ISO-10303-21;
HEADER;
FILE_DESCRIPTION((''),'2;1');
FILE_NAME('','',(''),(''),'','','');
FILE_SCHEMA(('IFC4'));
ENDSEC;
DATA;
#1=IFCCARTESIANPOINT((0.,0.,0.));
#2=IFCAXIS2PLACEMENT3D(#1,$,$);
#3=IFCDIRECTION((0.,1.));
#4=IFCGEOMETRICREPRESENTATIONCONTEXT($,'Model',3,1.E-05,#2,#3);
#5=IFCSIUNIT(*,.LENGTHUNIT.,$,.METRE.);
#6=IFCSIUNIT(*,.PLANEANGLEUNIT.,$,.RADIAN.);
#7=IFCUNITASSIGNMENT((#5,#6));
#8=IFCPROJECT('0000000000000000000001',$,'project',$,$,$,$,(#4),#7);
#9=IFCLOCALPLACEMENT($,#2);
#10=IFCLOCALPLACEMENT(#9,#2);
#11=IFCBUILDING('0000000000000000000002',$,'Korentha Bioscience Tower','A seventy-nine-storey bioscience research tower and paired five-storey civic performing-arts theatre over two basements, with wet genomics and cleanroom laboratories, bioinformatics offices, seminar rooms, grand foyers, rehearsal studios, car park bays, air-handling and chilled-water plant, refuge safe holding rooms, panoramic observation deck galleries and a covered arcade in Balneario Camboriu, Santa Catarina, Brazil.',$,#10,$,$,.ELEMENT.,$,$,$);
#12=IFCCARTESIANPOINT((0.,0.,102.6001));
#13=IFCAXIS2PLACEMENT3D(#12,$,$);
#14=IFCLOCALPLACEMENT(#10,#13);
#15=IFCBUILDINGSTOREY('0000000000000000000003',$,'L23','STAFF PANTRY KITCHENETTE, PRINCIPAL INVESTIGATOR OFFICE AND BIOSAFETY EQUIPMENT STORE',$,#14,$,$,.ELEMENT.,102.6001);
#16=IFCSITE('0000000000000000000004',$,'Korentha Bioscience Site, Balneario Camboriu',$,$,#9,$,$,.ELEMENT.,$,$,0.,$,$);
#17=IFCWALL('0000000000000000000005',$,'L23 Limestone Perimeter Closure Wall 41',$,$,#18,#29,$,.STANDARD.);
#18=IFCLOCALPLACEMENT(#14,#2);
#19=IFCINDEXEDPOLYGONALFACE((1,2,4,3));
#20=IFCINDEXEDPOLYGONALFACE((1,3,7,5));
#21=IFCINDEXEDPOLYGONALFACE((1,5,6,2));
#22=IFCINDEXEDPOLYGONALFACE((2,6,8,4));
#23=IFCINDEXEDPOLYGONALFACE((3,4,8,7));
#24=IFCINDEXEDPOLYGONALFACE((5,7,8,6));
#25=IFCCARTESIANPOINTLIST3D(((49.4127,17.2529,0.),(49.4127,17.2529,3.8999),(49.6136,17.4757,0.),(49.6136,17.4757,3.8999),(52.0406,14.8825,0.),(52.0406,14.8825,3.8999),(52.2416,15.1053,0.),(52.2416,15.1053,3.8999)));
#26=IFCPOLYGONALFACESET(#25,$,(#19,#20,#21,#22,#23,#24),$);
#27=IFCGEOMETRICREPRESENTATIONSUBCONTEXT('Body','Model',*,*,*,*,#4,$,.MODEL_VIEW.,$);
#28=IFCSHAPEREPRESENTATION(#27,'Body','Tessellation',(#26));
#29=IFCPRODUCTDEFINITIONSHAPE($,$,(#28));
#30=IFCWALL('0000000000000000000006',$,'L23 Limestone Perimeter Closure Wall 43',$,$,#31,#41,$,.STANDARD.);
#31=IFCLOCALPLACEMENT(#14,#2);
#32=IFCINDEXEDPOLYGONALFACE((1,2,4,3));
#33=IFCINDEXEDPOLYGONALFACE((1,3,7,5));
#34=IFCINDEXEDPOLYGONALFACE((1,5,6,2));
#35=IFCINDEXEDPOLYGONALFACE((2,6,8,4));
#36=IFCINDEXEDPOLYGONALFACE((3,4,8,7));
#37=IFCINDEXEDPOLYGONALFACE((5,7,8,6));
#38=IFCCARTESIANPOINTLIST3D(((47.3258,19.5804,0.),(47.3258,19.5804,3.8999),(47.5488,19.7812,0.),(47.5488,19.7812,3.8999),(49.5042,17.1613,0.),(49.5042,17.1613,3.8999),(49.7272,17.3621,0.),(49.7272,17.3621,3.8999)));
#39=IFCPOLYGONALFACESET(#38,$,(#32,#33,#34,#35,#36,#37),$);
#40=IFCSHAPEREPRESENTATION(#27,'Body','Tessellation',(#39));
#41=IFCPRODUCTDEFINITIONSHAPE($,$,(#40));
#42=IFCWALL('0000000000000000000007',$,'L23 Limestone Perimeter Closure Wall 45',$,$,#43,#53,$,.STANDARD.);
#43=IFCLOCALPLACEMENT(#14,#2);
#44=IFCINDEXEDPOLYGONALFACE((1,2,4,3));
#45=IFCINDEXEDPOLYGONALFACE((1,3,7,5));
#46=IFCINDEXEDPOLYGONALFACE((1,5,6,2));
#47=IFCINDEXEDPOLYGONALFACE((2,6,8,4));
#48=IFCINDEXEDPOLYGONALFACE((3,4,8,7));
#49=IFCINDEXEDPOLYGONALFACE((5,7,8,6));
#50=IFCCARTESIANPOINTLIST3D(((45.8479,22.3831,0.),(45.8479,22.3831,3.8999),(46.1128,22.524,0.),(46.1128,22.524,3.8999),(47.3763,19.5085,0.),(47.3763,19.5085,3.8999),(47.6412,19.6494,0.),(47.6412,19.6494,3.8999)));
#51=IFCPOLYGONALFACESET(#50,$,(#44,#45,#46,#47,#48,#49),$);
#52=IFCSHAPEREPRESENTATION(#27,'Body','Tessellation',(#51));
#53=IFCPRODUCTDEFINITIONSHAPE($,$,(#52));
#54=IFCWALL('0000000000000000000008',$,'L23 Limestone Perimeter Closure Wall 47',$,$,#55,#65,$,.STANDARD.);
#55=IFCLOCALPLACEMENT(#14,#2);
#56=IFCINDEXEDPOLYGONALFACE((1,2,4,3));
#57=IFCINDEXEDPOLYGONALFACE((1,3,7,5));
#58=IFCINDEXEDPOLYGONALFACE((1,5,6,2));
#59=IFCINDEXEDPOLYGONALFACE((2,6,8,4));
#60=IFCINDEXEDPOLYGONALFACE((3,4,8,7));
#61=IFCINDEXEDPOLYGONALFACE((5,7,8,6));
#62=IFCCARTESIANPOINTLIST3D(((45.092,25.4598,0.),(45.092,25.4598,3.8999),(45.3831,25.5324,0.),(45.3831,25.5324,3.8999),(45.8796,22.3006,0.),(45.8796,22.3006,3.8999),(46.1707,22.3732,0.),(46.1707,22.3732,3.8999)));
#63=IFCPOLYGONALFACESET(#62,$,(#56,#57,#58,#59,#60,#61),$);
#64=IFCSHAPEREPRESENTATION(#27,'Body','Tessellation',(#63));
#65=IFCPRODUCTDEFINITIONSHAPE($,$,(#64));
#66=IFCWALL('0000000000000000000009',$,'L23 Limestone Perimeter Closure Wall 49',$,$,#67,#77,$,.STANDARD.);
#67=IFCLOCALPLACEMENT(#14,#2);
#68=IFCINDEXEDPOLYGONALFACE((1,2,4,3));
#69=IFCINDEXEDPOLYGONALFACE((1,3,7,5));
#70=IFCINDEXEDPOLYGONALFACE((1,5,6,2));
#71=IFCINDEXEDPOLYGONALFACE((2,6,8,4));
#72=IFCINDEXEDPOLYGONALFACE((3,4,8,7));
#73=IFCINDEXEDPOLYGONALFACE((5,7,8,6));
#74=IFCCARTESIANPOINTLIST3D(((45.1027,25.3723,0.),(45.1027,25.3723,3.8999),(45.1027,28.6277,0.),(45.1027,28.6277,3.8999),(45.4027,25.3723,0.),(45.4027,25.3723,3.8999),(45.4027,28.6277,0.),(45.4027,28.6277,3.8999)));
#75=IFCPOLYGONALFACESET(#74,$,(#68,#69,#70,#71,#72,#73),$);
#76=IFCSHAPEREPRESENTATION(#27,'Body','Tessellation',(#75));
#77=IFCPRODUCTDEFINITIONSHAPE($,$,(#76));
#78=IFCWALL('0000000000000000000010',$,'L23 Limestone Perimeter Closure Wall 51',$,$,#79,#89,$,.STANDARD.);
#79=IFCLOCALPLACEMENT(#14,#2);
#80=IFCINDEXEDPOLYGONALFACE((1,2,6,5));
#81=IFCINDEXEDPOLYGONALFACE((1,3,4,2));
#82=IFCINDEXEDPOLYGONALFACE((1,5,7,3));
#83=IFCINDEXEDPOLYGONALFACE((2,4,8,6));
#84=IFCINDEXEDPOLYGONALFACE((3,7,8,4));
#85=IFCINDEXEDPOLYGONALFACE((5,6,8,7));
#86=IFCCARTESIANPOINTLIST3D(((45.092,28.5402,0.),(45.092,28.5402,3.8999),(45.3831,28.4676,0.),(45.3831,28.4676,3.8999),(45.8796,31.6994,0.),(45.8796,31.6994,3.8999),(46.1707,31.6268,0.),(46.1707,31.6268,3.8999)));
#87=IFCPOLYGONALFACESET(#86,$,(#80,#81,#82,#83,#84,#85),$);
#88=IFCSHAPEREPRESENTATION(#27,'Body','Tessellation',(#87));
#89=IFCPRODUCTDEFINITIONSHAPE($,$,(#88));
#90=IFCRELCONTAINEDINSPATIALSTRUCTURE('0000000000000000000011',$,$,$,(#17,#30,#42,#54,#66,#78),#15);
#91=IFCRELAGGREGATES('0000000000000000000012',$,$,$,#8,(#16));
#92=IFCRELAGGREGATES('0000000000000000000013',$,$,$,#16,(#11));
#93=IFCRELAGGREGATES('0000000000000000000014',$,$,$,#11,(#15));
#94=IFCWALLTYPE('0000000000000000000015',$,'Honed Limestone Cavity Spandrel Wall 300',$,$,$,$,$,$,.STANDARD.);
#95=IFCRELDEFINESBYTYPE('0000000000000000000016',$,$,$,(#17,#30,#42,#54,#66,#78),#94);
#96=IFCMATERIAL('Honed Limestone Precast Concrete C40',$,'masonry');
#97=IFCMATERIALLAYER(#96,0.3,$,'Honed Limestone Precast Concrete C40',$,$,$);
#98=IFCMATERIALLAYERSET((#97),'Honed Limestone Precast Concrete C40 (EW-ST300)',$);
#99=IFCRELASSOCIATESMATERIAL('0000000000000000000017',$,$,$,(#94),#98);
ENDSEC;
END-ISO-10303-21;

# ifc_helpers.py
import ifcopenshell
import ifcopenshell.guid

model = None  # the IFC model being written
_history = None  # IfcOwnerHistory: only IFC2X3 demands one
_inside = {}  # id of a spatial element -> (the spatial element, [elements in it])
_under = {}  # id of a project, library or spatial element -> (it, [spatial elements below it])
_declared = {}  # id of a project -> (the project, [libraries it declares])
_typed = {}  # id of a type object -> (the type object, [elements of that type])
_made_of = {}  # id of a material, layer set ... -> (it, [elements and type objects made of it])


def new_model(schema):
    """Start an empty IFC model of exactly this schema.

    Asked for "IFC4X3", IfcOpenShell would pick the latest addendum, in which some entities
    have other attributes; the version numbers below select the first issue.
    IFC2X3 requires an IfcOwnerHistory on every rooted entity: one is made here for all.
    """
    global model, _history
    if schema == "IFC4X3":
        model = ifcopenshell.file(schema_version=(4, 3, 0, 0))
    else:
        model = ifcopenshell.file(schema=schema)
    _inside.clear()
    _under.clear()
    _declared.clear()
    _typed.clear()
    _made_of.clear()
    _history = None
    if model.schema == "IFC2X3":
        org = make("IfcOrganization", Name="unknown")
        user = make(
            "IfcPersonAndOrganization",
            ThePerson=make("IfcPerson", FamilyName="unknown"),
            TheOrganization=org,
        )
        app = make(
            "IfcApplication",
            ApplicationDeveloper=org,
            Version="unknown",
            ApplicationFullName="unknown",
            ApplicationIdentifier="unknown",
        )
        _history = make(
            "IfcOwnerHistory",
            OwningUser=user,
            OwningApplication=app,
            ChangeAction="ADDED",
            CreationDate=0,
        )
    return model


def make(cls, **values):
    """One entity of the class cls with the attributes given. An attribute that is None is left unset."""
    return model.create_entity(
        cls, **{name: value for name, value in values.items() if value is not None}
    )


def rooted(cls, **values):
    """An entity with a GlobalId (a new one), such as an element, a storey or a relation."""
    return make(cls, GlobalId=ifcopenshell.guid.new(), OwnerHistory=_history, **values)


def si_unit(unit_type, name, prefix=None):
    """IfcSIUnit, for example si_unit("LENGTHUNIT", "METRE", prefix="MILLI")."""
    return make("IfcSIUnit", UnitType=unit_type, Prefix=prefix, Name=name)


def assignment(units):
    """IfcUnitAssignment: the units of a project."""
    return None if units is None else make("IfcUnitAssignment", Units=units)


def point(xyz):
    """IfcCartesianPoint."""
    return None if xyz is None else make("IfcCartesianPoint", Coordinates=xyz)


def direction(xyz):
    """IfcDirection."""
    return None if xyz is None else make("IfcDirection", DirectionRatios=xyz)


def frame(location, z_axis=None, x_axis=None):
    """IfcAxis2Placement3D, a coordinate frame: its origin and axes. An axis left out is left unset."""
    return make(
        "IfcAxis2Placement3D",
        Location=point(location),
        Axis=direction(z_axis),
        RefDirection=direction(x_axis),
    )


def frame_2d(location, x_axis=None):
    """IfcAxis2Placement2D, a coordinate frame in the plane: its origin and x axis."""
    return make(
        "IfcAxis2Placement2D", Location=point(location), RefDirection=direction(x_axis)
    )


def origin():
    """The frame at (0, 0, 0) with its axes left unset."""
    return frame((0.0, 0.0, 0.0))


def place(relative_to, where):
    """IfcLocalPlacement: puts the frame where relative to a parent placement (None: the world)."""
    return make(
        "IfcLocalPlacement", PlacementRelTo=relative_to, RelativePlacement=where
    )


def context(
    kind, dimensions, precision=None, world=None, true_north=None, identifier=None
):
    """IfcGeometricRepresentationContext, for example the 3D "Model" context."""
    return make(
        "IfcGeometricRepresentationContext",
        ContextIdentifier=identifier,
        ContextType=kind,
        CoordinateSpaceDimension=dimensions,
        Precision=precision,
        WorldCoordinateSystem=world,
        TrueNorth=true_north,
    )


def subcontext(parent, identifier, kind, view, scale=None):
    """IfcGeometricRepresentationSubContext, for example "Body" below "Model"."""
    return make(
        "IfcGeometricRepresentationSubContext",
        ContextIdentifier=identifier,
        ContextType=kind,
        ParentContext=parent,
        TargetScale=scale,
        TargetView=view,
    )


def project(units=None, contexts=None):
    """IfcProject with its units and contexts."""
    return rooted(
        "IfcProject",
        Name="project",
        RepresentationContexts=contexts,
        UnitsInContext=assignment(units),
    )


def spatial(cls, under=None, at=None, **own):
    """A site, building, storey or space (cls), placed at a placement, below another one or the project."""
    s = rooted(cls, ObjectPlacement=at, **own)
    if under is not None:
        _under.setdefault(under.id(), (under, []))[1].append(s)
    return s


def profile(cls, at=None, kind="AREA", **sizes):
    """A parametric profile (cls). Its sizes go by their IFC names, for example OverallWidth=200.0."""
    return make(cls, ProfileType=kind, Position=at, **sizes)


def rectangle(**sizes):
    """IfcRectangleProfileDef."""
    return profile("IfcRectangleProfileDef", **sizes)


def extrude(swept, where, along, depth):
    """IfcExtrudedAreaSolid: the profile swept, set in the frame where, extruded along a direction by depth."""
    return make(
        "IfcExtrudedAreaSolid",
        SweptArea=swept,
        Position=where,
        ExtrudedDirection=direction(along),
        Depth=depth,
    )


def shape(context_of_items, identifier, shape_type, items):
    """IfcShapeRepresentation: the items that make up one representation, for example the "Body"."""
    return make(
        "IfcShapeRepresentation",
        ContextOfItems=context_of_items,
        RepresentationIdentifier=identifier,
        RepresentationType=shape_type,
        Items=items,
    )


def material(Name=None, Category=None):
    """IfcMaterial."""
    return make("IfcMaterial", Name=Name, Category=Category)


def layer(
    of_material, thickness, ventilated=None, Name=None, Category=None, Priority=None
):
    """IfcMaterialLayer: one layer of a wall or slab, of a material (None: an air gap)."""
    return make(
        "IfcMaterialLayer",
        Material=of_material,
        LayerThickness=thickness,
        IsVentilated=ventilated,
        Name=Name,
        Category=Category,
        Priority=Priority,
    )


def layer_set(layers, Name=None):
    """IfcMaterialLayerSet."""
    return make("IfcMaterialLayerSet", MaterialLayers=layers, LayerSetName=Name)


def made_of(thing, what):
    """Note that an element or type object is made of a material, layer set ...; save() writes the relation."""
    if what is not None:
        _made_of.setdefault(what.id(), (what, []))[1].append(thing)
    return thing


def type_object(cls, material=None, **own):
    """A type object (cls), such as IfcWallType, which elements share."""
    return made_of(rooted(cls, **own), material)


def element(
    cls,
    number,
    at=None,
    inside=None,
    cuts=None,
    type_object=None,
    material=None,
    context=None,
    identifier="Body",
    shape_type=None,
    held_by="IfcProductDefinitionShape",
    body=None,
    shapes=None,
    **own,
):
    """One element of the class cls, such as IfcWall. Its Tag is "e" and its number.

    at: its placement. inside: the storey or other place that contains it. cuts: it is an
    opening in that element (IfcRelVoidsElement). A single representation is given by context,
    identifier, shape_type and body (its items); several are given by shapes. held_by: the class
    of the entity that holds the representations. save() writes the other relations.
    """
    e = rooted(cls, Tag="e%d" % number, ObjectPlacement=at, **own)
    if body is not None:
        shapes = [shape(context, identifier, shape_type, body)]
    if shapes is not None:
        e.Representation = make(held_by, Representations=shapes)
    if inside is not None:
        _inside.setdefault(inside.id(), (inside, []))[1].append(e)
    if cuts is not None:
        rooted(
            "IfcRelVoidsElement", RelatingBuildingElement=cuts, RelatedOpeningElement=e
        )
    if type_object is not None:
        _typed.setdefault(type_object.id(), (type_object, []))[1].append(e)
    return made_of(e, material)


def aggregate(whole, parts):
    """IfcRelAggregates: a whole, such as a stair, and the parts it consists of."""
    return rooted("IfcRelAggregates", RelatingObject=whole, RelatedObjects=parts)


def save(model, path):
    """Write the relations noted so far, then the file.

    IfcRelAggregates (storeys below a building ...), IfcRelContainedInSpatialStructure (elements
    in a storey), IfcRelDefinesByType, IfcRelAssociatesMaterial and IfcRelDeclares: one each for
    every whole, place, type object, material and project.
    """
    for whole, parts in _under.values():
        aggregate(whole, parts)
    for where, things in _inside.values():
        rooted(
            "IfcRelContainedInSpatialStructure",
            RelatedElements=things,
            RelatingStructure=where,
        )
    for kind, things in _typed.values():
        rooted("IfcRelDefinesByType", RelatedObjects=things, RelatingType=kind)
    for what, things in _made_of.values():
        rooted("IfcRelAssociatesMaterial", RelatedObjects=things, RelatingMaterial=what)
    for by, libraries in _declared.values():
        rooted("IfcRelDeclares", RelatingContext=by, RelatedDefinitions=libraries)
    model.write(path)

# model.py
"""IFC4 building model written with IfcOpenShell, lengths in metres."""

from ifc_helpers import new_model, si_unit, direction, frame, frame_2d, origin, place, context, subcontext, project, spatial, rectangle, extrude, material, layer, layer_set, type_object, element, save


model = new_model("IFC4")

# Units and contexts
model_context = context("Model", 3, precision=1e-05, world=origin(), true_north=direction((0.0, 1.0)))
body_context = subcontext(model_context, "Body", "Model", "MODEL_VIEW")
ifc_project = project(units=[si_unit("LENGTHUNIT", "METRE"), si_unit("PLANEANGLEUNIT", "RADIAN")], contexts=[model_context])

# Site, building, storey
site_placement = place(None, origin())
site = spatial("IfcSite", under=ifc_project, at=site_placement, Name="Korentha Bioscience Site, Balneario Camboriu", CompositionType="ELEMENT", RefElevation=0.0)
building_placement = place(site_placement, origin())
building = spatial("IfcBuilding", under=site, at=building_placement, Name="Korentha Bioscience Tower", Description="A seventy-nine-storey bioscience research tower and paired five-storey civic performing-arts theatre over two basements, with wet genomics and cleanroom laboratories, bioinformatics offices, seminar rooms, grand foyers, rehearsal studios, car park bays, air-handling and chilled-water plant, refuge safe holding rooms, panoramic observation deck galleries and a covered arcade in Balneario Camboriu, Santa Catarina, Brazil.", CompositionType="ELEMENT")
storey_placement = place(building_placement, frame((0.0, 0.0, 102.6001)))
storey = spatial("IfcBuildingStorey", under=building, at=storey_placement, Name="L23", Description="STAFF PANTRY KITCHENETTE, PRINCIPAL INVESTIGATOR OFFICE AND BIOSAFETY EQUIPMENT STORE", CompositionType="ELEMENT", Elevation=102.6001)

# Walls
ifc_material_1 = material(Name="Honed Limestone Precast Concrete C40", Category="masonry")
ifc_layer_1 = layer(ifc_material_1, 0.3, Name="Honed Limestone Precast Concrete C40")
ifc_layer_set_1 = layer_set([ifc_layer_1], Name="Honed Limestone Precast Concrete C40 (EW-ST300)")
wall_type_1 = type_object("IfcWallType", Name="Honed Limestone Cavity Spandrel Wall 300", PredefinedType="STANDARD", material=ifc_layer_set_1)
wall_1_placement = place(storey_placement, frame((52.1411, 14.9939, 0.0), z_axis=(0.0, 0.0, 1.0), x_axis=(-0.74256, 0.66978, 0.0)))
element("IfcWall", 1, at=wall_1_placement, inside=storey, type_object=wall_type_1, Name="L23 Limestone Perimeter Closure Wall 41", PredefinedType="STANDARD", context=body_context, shape_type="SweptSolid", body=[
    extrude(rectangle(XDim=3.5391, YDim=0.3, at=frame_2d((1.7695, 0.0))), origin(), (0.0, 0.0, 1.0), 3.8999),
])
wall_2_placement = place(storey_placement, frame((49.6157, 17.2617, 0.0), z_axis=(0.0, 0.0, 1.0), x_axis=(-0.669168, 0.743111, 0.0)))
element("IfcWall", 2, at=wall_2_placement, inside=storey, type_object=wall_type_1, Name="L23 Limestone Perimeter Closure Wall 43", PredefinedType="STANDARD", context=body_context, shape_type="SweptSolid", body=[
    extrude(rectangle(XDim=3.2554, YDim=0.3, at=frame_2d((1.6277, 0.0))), origin(), (0.0, 0.0, 1.0), 3.8999),
])
wall_3_placement = place(storey_placement, frame((47.5088, 19.5789, 0.0), z_axis=(0.0, 0.0, 1.0), x_axis=(-0.469451, 0.882958, 0.0)))
element("IfcWall", 3, at=wall_3_placement, inside=storey, type_object=wall_type_1, Name="L23 Limestone Perimeter Closure Wall 45", PredefinedType="STANDARD", context=body_context, shape_type="SweptSolid", body=[
    extrude(rectangle(XDim=3.2556, YDim=0.3, at=frame_2d((1.6279, 0.0))), origin(), (0.0, 0.0, 1.0), 3.8999),
])
wall_4_placement = place(storey_placement, frame((46.0251, 22.3369, 0.0), z_axis=(0.0, 0.0, 1.0), x_axis=(-0.2419, 0.970301, 0.0)))
element("IfcWall", 4, at=wall_4_placement, inside=storey, type_object=wall_type_1, Name="L23 Limestone Perimeter Closure Wall 47", PredefinedType="STANDARD", context=body_context, shape_type="SweptSolid", body=[
    extrude(rectangle(XDim=3.2559, YDim=0.3, at=frame_2d((1.6279, 0.0))), origin(), (0.0, 0.0, 1.0), 3.8999),
])
wall_5_placement = place(storey_placement, frame((45.2527, 25.3723, 0.0), z_axis=(0.0, 0.0, 1.0), x_axis=(0.0, 1.0, 0.0)))
element("IfcWall", 5, at=wall_5_placement, inside=storey, type_object=wall_type_1, Name="L23 Limestone Perimeter Closure Wall 49", PredefinedType="STANDARD", context=body_context, shape_type="SweptSolid", body=[
    extrude(rectangle(XDim=3.2554, YDim=0.3, at=frame_2d((1.6277, 0.0))), origin(), (0.0, 0.0, 1.0), 3.8999),
])
wall_6_placement = place(storey_placement, frame((45.2375, 28.5039, 0.0), z_axis=(0.0, 0.0, 1.0), x_axis=(0.2419, 0.970301, 0.0)))
element("IfcWall", 6, at=wall_6_placement, inside=storey, type_object=wall_type_1, Name="L23 Limestone Perimeter Closure Wall 51", PredefinedType="STANDARD", context=body_context, shape_type="SweptSolid", body=[
    extrude(rectangle(XDim=3.2559, YDim=0.3, at=frame_2d((1.6279, 0.0))), origin(), (0.0, 0.0, 1.0), 3.8999),
])

save(model, "model.ifc")
